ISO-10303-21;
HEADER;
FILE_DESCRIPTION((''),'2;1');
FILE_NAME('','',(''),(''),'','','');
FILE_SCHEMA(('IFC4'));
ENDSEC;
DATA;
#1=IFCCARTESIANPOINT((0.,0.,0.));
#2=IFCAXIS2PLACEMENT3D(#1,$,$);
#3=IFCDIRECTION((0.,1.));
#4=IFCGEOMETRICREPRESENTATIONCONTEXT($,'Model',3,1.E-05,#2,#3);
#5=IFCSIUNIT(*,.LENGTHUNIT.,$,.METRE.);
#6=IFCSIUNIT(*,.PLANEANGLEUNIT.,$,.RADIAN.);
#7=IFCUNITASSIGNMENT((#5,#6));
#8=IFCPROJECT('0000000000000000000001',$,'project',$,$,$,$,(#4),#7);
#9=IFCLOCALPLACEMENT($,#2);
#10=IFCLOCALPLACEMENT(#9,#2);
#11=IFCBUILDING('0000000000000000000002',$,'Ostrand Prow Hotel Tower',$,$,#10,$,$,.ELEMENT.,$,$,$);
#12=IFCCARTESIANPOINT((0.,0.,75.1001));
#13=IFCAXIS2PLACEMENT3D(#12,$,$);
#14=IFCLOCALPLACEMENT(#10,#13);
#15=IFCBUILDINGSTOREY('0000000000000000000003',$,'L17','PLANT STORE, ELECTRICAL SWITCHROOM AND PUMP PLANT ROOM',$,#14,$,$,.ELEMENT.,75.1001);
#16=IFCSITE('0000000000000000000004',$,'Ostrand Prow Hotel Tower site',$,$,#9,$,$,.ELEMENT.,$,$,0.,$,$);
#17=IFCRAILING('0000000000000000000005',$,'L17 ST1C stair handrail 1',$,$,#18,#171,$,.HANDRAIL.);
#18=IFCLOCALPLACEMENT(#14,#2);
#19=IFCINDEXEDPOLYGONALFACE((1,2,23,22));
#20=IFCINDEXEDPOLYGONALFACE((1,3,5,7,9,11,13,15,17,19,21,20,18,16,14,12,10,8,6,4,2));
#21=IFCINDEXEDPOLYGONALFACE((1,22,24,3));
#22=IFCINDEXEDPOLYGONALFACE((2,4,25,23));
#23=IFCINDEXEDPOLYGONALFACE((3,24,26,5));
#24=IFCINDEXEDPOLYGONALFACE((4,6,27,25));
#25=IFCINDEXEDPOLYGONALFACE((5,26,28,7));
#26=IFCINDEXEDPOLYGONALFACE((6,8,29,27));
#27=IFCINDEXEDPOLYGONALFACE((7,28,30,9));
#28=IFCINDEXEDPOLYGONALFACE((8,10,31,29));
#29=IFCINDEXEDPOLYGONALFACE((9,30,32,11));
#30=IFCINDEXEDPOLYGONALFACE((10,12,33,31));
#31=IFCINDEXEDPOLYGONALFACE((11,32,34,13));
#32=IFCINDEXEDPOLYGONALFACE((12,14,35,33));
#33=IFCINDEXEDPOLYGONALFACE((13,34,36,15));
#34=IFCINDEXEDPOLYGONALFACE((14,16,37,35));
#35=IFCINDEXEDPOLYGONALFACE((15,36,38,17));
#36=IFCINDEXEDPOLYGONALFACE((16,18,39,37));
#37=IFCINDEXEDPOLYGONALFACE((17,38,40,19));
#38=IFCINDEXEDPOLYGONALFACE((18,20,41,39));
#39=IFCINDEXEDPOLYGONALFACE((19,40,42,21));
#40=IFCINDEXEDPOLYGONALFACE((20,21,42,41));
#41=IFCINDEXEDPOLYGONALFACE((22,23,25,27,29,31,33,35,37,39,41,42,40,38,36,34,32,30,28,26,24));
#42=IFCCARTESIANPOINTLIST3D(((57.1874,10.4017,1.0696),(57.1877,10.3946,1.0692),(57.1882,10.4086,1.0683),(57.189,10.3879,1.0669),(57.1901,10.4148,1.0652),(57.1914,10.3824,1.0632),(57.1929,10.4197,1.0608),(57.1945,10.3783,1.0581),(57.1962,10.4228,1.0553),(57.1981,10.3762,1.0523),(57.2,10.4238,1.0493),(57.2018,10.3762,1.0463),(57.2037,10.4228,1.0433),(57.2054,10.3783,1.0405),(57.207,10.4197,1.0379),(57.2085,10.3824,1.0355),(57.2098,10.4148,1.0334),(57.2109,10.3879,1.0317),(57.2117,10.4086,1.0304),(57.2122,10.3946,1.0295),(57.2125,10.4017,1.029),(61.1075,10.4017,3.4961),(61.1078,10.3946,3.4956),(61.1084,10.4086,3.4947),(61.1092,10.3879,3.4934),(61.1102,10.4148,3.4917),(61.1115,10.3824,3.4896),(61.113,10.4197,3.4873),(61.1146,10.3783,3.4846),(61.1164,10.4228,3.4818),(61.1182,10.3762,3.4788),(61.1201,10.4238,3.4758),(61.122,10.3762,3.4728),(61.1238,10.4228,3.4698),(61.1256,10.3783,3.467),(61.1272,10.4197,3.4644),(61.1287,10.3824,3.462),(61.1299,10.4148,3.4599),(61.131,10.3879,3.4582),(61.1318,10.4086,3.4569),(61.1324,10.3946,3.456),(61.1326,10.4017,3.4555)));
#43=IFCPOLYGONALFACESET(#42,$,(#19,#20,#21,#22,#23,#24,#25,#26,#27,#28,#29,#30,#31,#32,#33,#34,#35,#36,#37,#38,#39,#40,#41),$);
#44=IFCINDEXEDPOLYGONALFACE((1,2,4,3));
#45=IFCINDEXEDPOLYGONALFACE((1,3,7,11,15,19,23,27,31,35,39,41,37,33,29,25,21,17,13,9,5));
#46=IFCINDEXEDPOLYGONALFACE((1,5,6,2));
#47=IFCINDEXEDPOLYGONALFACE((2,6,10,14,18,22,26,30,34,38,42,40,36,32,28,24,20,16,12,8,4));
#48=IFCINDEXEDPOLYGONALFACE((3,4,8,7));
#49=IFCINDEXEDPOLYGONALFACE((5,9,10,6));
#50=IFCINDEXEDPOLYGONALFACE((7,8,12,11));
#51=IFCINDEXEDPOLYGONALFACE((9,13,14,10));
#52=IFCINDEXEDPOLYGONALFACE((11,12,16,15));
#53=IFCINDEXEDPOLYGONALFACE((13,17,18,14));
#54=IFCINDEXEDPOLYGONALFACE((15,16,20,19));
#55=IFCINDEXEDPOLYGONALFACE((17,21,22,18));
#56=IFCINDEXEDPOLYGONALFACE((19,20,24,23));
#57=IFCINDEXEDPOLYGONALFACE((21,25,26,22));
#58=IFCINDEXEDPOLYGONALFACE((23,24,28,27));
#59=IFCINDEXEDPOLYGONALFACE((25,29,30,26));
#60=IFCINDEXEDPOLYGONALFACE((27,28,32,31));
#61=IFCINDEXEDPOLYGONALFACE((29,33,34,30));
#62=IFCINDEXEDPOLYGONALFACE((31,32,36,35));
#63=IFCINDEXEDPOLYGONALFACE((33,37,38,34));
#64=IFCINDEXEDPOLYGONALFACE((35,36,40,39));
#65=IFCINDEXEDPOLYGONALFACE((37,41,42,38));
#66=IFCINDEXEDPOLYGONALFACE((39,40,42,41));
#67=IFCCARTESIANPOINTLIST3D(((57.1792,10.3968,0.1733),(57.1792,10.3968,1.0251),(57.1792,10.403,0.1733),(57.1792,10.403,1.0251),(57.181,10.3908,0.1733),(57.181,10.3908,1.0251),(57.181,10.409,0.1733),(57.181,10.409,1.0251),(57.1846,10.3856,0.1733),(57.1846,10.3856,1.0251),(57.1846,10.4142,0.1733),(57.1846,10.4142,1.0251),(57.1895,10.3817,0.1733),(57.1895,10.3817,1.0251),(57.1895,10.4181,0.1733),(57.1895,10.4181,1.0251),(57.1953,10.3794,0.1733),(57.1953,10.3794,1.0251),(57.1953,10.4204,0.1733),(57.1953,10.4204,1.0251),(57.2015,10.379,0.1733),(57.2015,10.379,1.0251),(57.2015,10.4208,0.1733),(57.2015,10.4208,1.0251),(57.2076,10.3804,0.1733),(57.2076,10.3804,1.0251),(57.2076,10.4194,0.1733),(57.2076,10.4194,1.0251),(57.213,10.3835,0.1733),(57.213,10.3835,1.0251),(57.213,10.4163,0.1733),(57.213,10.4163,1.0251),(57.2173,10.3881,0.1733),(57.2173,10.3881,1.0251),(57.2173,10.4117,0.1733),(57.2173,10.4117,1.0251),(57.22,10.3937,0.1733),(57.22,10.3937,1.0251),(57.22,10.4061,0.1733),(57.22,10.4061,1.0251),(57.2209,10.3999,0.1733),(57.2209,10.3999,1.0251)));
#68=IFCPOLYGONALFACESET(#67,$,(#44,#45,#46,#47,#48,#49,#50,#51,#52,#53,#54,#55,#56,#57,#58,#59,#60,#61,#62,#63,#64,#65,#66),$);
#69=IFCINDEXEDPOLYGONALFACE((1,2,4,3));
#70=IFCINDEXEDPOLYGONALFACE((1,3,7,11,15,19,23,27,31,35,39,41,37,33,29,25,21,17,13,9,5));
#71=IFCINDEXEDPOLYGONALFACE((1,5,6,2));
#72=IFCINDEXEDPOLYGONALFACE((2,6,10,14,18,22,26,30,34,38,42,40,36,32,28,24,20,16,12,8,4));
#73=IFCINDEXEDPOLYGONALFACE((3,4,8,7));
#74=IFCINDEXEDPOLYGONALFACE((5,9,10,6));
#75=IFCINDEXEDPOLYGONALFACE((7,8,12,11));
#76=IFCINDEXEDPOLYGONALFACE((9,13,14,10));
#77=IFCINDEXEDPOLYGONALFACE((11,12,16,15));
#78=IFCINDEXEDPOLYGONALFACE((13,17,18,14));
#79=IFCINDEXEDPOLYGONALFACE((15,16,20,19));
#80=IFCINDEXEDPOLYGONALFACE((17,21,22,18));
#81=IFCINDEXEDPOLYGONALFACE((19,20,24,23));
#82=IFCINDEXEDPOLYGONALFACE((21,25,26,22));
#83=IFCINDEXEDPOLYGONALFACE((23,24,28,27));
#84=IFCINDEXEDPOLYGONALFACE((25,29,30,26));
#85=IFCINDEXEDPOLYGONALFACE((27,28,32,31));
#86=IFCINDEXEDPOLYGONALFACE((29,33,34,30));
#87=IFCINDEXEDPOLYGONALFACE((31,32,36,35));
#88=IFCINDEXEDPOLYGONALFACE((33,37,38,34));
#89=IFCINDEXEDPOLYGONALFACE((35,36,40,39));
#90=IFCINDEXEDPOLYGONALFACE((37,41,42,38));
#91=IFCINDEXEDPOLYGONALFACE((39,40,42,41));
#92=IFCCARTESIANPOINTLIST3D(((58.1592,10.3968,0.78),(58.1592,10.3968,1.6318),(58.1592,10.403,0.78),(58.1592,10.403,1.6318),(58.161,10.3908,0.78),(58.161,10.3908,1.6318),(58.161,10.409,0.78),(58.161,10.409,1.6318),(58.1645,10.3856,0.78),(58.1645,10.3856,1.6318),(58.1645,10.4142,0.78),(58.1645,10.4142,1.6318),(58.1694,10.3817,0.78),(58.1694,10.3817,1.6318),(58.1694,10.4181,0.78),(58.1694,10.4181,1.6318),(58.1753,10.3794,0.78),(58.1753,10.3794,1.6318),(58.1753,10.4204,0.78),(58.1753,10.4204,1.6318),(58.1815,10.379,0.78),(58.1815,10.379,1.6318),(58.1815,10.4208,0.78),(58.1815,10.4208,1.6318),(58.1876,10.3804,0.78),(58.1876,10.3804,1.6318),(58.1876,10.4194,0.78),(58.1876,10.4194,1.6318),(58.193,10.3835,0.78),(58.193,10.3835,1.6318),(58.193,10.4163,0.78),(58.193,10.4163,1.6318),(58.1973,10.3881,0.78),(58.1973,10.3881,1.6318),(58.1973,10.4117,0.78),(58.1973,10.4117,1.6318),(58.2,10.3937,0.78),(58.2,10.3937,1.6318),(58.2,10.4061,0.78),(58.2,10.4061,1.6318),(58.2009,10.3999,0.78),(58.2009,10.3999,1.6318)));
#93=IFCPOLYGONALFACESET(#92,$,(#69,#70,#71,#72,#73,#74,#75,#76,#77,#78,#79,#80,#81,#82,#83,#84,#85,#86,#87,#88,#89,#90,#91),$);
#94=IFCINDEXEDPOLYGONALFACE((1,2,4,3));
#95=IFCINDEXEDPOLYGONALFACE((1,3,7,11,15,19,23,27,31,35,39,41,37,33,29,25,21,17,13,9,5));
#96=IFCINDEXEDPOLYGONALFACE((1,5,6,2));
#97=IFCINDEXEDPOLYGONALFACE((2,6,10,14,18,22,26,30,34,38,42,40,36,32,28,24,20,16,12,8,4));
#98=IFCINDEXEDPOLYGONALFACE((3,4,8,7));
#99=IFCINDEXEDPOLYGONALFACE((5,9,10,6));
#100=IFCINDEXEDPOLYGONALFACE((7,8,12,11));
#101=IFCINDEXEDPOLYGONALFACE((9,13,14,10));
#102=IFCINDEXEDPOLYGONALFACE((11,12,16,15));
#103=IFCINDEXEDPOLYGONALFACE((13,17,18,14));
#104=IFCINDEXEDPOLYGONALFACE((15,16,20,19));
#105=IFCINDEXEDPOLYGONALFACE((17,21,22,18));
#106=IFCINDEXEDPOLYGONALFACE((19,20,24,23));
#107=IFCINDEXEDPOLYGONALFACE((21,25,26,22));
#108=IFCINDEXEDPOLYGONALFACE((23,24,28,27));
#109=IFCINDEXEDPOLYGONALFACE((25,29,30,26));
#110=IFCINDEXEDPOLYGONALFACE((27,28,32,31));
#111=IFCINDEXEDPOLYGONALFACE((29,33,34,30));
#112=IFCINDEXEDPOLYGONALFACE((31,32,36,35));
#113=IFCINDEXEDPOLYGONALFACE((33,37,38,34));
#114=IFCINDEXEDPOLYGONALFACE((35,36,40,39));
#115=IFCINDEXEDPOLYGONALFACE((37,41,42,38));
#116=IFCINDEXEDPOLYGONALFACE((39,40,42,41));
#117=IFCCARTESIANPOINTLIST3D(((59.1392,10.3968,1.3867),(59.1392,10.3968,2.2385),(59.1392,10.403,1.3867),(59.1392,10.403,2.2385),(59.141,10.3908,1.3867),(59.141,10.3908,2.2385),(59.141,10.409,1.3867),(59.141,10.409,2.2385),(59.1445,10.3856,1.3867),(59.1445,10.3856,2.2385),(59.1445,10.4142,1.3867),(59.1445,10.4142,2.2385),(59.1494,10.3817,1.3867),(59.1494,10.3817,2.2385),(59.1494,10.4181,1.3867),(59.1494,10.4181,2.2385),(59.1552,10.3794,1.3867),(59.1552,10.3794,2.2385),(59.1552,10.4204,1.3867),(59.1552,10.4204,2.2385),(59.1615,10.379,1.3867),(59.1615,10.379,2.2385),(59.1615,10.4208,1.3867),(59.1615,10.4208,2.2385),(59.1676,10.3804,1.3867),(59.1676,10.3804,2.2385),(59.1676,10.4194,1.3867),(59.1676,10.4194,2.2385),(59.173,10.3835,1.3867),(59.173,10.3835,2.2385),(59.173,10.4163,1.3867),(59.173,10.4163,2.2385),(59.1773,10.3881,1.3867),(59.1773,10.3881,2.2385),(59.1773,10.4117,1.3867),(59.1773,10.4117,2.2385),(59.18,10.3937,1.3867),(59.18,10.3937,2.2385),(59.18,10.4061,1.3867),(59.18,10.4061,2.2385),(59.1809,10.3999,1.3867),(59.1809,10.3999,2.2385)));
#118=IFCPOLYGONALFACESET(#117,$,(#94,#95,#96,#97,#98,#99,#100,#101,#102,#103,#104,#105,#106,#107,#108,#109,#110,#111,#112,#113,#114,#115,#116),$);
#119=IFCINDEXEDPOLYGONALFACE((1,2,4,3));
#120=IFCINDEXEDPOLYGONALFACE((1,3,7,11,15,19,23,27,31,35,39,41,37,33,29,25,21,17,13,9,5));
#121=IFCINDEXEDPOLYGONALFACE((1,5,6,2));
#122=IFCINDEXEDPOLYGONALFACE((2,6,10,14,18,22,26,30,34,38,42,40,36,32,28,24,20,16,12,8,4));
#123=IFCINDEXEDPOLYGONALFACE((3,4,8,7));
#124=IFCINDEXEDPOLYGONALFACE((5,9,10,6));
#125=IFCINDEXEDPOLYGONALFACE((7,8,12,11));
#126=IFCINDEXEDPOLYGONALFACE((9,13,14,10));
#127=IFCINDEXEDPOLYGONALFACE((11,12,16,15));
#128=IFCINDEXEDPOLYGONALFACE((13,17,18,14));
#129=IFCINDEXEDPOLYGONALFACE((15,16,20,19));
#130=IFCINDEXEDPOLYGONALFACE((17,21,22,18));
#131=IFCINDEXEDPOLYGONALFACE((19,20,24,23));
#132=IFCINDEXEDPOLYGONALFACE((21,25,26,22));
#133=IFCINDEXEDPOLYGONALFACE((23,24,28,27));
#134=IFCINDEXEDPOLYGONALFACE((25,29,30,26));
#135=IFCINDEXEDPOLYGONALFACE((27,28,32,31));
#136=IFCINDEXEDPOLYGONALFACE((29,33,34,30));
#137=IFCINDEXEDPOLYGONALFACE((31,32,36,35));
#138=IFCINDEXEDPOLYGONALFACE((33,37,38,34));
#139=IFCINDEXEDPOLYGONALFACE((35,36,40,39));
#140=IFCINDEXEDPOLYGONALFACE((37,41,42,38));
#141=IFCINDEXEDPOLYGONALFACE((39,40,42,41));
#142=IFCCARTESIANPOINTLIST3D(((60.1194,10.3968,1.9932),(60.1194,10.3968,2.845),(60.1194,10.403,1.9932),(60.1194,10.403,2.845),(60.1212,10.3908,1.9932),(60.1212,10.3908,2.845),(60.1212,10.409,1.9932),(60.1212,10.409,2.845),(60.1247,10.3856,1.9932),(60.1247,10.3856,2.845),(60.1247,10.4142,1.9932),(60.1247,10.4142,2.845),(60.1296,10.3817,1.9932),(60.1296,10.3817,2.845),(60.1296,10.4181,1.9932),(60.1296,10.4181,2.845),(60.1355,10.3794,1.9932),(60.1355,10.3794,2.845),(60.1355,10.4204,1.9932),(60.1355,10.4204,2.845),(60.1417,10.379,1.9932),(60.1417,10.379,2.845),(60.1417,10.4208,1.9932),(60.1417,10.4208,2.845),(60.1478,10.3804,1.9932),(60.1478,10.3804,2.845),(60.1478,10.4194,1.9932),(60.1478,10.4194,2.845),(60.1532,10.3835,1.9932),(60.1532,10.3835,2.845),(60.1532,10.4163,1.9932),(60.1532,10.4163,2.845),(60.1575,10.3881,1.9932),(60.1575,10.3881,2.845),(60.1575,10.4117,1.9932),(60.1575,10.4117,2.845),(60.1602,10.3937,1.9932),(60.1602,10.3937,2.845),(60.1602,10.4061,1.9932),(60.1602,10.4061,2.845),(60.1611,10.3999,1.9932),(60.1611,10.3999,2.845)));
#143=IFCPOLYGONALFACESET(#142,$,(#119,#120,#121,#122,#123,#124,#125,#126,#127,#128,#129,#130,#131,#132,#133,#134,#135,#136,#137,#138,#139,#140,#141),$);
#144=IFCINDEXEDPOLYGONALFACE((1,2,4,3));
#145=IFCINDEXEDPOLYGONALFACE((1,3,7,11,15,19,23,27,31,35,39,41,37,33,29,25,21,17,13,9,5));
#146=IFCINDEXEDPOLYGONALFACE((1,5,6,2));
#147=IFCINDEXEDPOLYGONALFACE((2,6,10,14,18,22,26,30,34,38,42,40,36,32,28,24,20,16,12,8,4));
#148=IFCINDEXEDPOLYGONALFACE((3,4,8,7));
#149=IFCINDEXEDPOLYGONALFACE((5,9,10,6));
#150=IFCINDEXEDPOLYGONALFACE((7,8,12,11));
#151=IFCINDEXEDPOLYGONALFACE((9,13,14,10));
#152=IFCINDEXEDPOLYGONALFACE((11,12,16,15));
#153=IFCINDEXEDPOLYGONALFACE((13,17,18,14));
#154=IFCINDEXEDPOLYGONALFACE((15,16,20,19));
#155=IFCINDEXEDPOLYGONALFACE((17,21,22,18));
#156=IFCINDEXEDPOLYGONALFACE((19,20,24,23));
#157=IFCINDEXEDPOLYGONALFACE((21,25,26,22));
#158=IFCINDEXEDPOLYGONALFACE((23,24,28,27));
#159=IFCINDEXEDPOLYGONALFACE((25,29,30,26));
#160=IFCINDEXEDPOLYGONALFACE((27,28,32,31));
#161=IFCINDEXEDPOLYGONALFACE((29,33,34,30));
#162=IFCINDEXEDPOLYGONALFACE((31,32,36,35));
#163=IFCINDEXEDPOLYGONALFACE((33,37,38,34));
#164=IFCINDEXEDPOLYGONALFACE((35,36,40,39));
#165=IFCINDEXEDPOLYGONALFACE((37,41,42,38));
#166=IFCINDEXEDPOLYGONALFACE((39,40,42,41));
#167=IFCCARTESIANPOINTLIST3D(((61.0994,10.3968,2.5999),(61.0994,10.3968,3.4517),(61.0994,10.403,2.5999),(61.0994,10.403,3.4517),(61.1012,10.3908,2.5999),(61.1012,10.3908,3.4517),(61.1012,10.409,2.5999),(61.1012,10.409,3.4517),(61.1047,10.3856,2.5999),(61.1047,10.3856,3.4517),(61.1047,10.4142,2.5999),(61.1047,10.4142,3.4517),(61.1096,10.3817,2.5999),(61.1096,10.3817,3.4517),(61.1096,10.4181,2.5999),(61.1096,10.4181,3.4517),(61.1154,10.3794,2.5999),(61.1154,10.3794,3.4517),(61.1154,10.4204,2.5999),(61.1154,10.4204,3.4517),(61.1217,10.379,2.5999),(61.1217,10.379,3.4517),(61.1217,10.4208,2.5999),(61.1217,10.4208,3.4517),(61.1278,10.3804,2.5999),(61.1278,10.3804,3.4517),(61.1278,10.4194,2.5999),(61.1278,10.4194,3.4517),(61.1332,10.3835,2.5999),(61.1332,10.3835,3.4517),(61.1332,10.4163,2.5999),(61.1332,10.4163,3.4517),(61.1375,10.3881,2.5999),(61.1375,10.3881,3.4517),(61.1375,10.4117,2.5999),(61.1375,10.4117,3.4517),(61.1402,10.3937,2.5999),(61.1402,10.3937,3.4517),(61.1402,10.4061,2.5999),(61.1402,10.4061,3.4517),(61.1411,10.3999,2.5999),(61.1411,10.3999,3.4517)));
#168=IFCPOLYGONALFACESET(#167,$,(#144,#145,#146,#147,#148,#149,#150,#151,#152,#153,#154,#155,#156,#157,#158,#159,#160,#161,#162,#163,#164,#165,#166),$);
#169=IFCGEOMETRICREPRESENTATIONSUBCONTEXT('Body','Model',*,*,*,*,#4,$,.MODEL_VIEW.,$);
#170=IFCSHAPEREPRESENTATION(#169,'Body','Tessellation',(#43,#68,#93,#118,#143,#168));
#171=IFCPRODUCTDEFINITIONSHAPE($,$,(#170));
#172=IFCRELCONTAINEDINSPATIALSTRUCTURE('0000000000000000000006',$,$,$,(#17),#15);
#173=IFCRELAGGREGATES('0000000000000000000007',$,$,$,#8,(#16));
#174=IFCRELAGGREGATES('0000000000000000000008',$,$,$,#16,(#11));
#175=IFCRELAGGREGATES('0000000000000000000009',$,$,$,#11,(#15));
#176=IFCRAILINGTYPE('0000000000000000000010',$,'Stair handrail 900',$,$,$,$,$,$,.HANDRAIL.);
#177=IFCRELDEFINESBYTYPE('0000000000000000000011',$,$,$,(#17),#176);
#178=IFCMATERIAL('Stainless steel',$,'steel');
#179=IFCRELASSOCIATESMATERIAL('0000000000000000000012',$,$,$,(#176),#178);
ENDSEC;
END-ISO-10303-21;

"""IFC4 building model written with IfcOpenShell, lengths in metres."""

from ifc_helpers import new_model, si_unit, direction, frame, origin, origin_2d, place, context, subcontext, project, spatial, circle, extrude, material, type_object, element, save


model = new_model("IFC4")

# Units and contexts
model_context = context("Model", 3, precision=1e-05, world=origin(), true_north=direction((0.0, 1.0)))
body_context = subcontext(model_context, "Body", "Model", "MODEL_VIEW")
ifc_project = project(units=[si_unit("LENGTHUNIT", "METRE"), si_unit("PLANEANGLEUNIT", "RADIAN")], contexts=[model_context])

# Site, building, storey
site_placement = place(None, origin())
site = spatial("IfcSite", under=ifc_project, at=site_placement, Name="Ostrand Prow Hotel Tower site", CompositionType="ELEMENT", RefElevation=0.0)
building_placement = place(site_placement, origin())
building = spatial("IfcBuilding", under=site, at=building_placement, Name="Ostrand Prow Hotel Tower", CompositionType="ELEMENT")
storey_placement = place(building_placement, frame((0.0, 0.0, 75.1001)))
storey = spatial("IfcBuildingStorey", under=building, at=storey_placement, Name="L17", Description="PLANT STORE, ELECTRICAL SWITCHROOM AND PUMP PLANT ROOM", CompositionType="ELEMENT", Elevation=75.1001)

# Railing
ifc_material_1 = material(Name="Stainless steel", Category="steel")
railing_type_1 = type_object("IfcRailingType", Name="Stair handrail 900", PredefinedType="HANDRAIL", material=ifc_material_1)
for number, where, name in (
    (1, (57.2, 10.3999, 0.1733), "L17 ST1C stair handrail 1"),
):
    element("IfcRailing", number, at=place(storey_placement, frame(where)), inside=storey, type_object=railing_type_1, Name=name, PredefinedType="HANDRAIL", context=body_context, shape_type="SweptSolid", body=[
        extrude(circle(Radius=0.0239, at=origin_2d()), frame((0.0, 0.0, 0.876), z_axis=(0.85029, 0.0, 0.526315), x_axis=(0.0, 1.0, 0.0)), (0.0, 0.0, 1.0), 4.6104),
        extrude(circle(Radius=0.021, at=origin_2d()), origin(), (0.0, 0.0, 1.0), 0.8518),
        extrude(circle(Radius=0.021, at=origin_2d()), frame((0.98, 0.0, 0.6067)), (0.0, 0.0, 1.0), 0.8518),
        extrude(circle(Radius=0.021, at=origin_2d()), frame((1.96, 0.0, 1.2134)), (0.0, 0.0, 1.0), 0.8518),
        extrude(circle(Radius=0.021, at=origin_2d()), frame((2.9402, 0.0, 1.8198)), (0.0, 0.0, 1.0), 0.8518),
        extrude(circle(Radius=0.021, at=origin_2d()), frame((3.9202, 0.0, 2.4265)), (0.0, 0.0, 1.0), 0.8518),
    ])

save(model, "model.ifc")
